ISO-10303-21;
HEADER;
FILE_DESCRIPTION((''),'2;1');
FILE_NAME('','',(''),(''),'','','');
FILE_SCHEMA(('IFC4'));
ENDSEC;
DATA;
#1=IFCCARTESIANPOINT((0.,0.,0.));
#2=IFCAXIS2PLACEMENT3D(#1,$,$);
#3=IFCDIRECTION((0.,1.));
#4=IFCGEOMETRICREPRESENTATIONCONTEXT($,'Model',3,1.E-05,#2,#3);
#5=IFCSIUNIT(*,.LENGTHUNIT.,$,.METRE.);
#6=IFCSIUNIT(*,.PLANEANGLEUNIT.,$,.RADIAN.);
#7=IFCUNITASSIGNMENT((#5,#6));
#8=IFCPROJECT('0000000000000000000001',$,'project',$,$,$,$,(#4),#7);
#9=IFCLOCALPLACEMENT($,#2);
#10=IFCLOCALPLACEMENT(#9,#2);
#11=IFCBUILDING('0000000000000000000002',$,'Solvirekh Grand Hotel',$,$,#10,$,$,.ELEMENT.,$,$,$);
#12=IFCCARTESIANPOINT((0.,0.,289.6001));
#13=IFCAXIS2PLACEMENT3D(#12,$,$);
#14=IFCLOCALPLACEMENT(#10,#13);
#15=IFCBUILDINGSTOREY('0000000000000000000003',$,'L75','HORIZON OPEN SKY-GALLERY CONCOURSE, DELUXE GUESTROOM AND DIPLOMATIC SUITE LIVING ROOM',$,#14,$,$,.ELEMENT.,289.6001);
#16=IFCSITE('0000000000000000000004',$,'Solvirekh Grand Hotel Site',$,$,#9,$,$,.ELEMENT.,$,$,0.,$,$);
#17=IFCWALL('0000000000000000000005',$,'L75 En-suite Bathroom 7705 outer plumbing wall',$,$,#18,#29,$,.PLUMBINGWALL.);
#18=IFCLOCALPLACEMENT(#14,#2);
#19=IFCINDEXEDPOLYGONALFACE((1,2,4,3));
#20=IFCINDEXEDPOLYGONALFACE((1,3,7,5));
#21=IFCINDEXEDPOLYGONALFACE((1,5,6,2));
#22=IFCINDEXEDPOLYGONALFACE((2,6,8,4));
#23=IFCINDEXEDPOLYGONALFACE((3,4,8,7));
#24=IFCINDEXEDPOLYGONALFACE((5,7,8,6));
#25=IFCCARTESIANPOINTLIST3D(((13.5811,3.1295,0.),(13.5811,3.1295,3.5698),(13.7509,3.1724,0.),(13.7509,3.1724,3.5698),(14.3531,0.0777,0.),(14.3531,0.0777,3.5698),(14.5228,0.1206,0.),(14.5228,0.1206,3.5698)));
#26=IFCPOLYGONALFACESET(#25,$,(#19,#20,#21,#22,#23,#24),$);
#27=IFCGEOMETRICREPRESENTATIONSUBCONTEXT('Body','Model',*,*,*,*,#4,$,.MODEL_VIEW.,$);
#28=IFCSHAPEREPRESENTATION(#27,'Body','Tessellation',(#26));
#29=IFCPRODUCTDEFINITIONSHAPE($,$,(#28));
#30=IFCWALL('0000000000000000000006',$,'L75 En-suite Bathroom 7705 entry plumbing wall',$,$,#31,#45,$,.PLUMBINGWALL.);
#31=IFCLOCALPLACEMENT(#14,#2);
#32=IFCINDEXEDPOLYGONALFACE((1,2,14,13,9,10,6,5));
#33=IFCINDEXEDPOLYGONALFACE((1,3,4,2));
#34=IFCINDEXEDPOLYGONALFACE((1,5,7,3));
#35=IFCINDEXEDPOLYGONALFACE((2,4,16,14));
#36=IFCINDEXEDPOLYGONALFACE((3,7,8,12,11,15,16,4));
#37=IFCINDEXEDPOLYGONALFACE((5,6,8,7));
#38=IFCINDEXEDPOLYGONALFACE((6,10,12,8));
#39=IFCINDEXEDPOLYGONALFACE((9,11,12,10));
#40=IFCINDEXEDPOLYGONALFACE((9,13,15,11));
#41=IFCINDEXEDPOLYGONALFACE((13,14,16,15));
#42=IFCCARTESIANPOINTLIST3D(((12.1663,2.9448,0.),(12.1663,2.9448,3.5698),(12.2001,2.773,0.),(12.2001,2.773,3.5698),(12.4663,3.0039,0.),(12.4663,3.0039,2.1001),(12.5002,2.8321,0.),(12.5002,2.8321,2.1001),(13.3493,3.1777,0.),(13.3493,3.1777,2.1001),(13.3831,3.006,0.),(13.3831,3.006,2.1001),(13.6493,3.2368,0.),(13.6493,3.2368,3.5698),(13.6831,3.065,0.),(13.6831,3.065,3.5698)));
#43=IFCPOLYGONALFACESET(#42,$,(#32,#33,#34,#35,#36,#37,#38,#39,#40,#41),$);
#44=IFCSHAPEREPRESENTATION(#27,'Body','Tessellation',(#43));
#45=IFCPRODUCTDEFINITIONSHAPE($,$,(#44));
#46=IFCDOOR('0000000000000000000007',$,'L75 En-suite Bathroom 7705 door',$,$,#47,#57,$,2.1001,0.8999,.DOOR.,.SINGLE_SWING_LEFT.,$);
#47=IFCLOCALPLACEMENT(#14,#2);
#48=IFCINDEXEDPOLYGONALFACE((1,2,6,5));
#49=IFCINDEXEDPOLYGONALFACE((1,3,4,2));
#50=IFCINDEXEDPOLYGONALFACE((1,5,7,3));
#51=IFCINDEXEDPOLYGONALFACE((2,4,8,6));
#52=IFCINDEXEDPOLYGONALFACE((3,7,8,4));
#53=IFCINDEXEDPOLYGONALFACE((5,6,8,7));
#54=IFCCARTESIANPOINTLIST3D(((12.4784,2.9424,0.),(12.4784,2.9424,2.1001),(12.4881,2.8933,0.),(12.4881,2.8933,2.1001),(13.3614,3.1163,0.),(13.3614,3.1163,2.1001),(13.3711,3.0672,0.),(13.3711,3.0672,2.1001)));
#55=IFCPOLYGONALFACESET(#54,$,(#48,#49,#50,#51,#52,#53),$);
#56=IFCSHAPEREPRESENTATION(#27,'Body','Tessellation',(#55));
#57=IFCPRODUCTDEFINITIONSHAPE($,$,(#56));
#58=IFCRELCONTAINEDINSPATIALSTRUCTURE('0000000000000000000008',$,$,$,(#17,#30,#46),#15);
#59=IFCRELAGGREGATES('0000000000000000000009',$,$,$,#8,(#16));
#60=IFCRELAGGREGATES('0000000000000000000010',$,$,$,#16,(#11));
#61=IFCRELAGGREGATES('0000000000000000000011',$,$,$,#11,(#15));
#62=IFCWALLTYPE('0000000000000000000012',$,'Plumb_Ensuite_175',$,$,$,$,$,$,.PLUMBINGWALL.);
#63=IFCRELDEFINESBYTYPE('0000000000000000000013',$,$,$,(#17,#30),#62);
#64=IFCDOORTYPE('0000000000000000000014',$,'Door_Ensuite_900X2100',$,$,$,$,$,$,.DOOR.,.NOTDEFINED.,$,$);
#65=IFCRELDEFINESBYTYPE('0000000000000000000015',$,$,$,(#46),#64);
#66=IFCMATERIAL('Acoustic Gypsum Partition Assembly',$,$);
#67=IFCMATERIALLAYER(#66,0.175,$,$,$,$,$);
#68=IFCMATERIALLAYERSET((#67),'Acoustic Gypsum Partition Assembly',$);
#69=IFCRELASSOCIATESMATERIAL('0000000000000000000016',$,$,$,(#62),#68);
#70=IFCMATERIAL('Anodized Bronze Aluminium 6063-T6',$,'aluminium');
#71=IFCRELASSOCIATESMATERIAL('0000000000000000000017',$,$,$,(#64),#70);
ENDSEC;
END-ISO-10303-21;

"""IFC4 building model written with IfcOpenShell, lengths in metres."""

from ifc_helpers import new_model, si_unit, direction, frame, frame_2d, origin, place, context, subcontext, project, spatial, rectangle, extrude, material, layer, layer_set, type_object, element, fill, save


model = new_model("IFC4")

# Units and contexts
model_context = context("Model", 3, precision=1e-05, world=origin(), true_north=direction((0.0, 1.0)))
body_context = subcontext(model_context, "Body", "Model", "MODEL_VIEW")
ifc_project = project(units=[si_unit("LENGTHUNIT", "METRE"), si_unit("PLANEANGLEUNIT", "RADIAN")], contexts=[model_context])

# Site, building, storey
site_placement = place(None, origin())
site = spatial("IfcSite", under=ifc_project, at=site_placement, Name="Solvirekh Grand Hotel Site", CompositionType="ELEMENT", RefElevation=0.0)
building_placement = place(site_placement, origin())
building = spatial("IfcBuilding", under=site, at=building_placement, Name="Solvirekh Grand Hotel", CompositionType="ELEMENT")
storey_placement = place(building_placement, frame((0.0, 0.0, 289.6001)))
storey = spatial("IfcBuildingStorey", under=building, at=storey_placement, Name="L75", Description="HORIZON OPEN SKY-GALLERY CONCOURSE, DELUXE GUESTROOM AND DIPLOMATIC SUITE LIVING ROOM", CompositionType="ELEMENT", Elevation=289.6001)

# Shared definitions
ifc_material_1 = material(Name="Acoustic Gypsum Partition Assembly")
ifc_material_2 = material(Name="Anodized Bronze Aluminium 6063-T6", Category="aluminium")

# Wall
ifc_layer_1 = layer(ifc_material_1, 0.175)
ifc_layer_set_1 = layer_set([ifc_layer_1], Name="Acoustic Gypsum Partition Assembly")
wall_type_1 = type_object("IfcWallType", Name="Plumb_Ensuite_175", PredefinedType="PLUMBINGWALL", material=ifc_layer_set_1)
wall_1_placement = place(storey_placement, frame((14.438, 0.0991, 0.0), z_axis=(0.0, 0.0, 1.0), x_axis=(-0.245235, 0.969464, 0.0)))
element("IfcWall", 1, at=wall_1_placement, inside=storey, type_object=wall_type_1, Name="L75 En-suite Bathroom 7705 outer plumbing wall", PredefinedType="PLUMBINGWALL", context=body_context, shape_type="SweptSolid", body=[
    extrude(rectangle(XDim=3.1479, YDim=0.175, at=frame_2d((1.574, 0.0))), origin(), (0.0, 0.0, 1.0), 3.5698),
])

# Wall, opening, door
wall_2_placement = place(storey_placement, frame((12.1831, 2.8589, 0.0), z_axis=(0.0, 0.0, 1.0), x_axis=(0.98116, 0.193195, 0.0)))
wall_2 = element("IfcWall", 2, at=wall_2_placement, inside=storey, type_object=wall_type_1, Name="L75 En-suite Bathroom 7705 entry plumbing wall", PredefinedType="PLUMBINGWALL", context=body_context, shape_type="SweptSolid", body=[
    extrude(rectangle(XDim=1.5115, YDim=0.175, at=frame_2d((0.7559, 0.0))), origin(), (0.0, 0.0, 1.0), 3.5698),
])
opening_1_placement = place(wall_2_placement, frame((0.3059, 0.0, 0.0)))
opening_1 = element("IfcOpeningElement", 3, at=opening_1_placement, cuts=wall_2, PredefinedType="OPENING", context=body_context, shape_type="SweptSolid", body=[
    extrude(rectangle(XDim=0.8999, YDim=2.1001, at=frame_2d((0.45, 1.05))), frame((0.0, 0.0977, 0.0), z_axis=(0.0, -1.0, 0.0), x_axis=(1.0, 0.0, 0.0)), (0.0, 0.0, 1.0), 0.1951),
])
door_type_1 = type_object("IfcDoorType", Name="Door_Ensuite_900X2100", OperationType="NOTDEFINED", PredefinedType="DOOR", material=ifc_material_2)
door_1_placement = place(opening_1_placement, origin())
door_1 = element("IfcDoor", 4, at=door_1_placement, inside=storey, type_object=door_type_1, Name="L75 En-suite Bathroom 7705 door", OperationType="SINGLE_SWING_LEFT", OverallHeight=2.1001, OverallWidth=0.8999, PredefinedType="DOOR", context=body_context, shape_type="SweptSolid", body=[
    extrude(rectangle(XDim=0.8999, YDim=2.1001, at=frame_2d((0.45, 1.05))), frame((0.0, 0.0249, 0.0), z_axis=(0.0, -1.0, 0.0), x_axis=(1.0, 0.0, 0.0)), (0.0, 0.0, 1.0), 0.05),
])
fill(opening_1, door_1)

save(model, "model.ifc")
